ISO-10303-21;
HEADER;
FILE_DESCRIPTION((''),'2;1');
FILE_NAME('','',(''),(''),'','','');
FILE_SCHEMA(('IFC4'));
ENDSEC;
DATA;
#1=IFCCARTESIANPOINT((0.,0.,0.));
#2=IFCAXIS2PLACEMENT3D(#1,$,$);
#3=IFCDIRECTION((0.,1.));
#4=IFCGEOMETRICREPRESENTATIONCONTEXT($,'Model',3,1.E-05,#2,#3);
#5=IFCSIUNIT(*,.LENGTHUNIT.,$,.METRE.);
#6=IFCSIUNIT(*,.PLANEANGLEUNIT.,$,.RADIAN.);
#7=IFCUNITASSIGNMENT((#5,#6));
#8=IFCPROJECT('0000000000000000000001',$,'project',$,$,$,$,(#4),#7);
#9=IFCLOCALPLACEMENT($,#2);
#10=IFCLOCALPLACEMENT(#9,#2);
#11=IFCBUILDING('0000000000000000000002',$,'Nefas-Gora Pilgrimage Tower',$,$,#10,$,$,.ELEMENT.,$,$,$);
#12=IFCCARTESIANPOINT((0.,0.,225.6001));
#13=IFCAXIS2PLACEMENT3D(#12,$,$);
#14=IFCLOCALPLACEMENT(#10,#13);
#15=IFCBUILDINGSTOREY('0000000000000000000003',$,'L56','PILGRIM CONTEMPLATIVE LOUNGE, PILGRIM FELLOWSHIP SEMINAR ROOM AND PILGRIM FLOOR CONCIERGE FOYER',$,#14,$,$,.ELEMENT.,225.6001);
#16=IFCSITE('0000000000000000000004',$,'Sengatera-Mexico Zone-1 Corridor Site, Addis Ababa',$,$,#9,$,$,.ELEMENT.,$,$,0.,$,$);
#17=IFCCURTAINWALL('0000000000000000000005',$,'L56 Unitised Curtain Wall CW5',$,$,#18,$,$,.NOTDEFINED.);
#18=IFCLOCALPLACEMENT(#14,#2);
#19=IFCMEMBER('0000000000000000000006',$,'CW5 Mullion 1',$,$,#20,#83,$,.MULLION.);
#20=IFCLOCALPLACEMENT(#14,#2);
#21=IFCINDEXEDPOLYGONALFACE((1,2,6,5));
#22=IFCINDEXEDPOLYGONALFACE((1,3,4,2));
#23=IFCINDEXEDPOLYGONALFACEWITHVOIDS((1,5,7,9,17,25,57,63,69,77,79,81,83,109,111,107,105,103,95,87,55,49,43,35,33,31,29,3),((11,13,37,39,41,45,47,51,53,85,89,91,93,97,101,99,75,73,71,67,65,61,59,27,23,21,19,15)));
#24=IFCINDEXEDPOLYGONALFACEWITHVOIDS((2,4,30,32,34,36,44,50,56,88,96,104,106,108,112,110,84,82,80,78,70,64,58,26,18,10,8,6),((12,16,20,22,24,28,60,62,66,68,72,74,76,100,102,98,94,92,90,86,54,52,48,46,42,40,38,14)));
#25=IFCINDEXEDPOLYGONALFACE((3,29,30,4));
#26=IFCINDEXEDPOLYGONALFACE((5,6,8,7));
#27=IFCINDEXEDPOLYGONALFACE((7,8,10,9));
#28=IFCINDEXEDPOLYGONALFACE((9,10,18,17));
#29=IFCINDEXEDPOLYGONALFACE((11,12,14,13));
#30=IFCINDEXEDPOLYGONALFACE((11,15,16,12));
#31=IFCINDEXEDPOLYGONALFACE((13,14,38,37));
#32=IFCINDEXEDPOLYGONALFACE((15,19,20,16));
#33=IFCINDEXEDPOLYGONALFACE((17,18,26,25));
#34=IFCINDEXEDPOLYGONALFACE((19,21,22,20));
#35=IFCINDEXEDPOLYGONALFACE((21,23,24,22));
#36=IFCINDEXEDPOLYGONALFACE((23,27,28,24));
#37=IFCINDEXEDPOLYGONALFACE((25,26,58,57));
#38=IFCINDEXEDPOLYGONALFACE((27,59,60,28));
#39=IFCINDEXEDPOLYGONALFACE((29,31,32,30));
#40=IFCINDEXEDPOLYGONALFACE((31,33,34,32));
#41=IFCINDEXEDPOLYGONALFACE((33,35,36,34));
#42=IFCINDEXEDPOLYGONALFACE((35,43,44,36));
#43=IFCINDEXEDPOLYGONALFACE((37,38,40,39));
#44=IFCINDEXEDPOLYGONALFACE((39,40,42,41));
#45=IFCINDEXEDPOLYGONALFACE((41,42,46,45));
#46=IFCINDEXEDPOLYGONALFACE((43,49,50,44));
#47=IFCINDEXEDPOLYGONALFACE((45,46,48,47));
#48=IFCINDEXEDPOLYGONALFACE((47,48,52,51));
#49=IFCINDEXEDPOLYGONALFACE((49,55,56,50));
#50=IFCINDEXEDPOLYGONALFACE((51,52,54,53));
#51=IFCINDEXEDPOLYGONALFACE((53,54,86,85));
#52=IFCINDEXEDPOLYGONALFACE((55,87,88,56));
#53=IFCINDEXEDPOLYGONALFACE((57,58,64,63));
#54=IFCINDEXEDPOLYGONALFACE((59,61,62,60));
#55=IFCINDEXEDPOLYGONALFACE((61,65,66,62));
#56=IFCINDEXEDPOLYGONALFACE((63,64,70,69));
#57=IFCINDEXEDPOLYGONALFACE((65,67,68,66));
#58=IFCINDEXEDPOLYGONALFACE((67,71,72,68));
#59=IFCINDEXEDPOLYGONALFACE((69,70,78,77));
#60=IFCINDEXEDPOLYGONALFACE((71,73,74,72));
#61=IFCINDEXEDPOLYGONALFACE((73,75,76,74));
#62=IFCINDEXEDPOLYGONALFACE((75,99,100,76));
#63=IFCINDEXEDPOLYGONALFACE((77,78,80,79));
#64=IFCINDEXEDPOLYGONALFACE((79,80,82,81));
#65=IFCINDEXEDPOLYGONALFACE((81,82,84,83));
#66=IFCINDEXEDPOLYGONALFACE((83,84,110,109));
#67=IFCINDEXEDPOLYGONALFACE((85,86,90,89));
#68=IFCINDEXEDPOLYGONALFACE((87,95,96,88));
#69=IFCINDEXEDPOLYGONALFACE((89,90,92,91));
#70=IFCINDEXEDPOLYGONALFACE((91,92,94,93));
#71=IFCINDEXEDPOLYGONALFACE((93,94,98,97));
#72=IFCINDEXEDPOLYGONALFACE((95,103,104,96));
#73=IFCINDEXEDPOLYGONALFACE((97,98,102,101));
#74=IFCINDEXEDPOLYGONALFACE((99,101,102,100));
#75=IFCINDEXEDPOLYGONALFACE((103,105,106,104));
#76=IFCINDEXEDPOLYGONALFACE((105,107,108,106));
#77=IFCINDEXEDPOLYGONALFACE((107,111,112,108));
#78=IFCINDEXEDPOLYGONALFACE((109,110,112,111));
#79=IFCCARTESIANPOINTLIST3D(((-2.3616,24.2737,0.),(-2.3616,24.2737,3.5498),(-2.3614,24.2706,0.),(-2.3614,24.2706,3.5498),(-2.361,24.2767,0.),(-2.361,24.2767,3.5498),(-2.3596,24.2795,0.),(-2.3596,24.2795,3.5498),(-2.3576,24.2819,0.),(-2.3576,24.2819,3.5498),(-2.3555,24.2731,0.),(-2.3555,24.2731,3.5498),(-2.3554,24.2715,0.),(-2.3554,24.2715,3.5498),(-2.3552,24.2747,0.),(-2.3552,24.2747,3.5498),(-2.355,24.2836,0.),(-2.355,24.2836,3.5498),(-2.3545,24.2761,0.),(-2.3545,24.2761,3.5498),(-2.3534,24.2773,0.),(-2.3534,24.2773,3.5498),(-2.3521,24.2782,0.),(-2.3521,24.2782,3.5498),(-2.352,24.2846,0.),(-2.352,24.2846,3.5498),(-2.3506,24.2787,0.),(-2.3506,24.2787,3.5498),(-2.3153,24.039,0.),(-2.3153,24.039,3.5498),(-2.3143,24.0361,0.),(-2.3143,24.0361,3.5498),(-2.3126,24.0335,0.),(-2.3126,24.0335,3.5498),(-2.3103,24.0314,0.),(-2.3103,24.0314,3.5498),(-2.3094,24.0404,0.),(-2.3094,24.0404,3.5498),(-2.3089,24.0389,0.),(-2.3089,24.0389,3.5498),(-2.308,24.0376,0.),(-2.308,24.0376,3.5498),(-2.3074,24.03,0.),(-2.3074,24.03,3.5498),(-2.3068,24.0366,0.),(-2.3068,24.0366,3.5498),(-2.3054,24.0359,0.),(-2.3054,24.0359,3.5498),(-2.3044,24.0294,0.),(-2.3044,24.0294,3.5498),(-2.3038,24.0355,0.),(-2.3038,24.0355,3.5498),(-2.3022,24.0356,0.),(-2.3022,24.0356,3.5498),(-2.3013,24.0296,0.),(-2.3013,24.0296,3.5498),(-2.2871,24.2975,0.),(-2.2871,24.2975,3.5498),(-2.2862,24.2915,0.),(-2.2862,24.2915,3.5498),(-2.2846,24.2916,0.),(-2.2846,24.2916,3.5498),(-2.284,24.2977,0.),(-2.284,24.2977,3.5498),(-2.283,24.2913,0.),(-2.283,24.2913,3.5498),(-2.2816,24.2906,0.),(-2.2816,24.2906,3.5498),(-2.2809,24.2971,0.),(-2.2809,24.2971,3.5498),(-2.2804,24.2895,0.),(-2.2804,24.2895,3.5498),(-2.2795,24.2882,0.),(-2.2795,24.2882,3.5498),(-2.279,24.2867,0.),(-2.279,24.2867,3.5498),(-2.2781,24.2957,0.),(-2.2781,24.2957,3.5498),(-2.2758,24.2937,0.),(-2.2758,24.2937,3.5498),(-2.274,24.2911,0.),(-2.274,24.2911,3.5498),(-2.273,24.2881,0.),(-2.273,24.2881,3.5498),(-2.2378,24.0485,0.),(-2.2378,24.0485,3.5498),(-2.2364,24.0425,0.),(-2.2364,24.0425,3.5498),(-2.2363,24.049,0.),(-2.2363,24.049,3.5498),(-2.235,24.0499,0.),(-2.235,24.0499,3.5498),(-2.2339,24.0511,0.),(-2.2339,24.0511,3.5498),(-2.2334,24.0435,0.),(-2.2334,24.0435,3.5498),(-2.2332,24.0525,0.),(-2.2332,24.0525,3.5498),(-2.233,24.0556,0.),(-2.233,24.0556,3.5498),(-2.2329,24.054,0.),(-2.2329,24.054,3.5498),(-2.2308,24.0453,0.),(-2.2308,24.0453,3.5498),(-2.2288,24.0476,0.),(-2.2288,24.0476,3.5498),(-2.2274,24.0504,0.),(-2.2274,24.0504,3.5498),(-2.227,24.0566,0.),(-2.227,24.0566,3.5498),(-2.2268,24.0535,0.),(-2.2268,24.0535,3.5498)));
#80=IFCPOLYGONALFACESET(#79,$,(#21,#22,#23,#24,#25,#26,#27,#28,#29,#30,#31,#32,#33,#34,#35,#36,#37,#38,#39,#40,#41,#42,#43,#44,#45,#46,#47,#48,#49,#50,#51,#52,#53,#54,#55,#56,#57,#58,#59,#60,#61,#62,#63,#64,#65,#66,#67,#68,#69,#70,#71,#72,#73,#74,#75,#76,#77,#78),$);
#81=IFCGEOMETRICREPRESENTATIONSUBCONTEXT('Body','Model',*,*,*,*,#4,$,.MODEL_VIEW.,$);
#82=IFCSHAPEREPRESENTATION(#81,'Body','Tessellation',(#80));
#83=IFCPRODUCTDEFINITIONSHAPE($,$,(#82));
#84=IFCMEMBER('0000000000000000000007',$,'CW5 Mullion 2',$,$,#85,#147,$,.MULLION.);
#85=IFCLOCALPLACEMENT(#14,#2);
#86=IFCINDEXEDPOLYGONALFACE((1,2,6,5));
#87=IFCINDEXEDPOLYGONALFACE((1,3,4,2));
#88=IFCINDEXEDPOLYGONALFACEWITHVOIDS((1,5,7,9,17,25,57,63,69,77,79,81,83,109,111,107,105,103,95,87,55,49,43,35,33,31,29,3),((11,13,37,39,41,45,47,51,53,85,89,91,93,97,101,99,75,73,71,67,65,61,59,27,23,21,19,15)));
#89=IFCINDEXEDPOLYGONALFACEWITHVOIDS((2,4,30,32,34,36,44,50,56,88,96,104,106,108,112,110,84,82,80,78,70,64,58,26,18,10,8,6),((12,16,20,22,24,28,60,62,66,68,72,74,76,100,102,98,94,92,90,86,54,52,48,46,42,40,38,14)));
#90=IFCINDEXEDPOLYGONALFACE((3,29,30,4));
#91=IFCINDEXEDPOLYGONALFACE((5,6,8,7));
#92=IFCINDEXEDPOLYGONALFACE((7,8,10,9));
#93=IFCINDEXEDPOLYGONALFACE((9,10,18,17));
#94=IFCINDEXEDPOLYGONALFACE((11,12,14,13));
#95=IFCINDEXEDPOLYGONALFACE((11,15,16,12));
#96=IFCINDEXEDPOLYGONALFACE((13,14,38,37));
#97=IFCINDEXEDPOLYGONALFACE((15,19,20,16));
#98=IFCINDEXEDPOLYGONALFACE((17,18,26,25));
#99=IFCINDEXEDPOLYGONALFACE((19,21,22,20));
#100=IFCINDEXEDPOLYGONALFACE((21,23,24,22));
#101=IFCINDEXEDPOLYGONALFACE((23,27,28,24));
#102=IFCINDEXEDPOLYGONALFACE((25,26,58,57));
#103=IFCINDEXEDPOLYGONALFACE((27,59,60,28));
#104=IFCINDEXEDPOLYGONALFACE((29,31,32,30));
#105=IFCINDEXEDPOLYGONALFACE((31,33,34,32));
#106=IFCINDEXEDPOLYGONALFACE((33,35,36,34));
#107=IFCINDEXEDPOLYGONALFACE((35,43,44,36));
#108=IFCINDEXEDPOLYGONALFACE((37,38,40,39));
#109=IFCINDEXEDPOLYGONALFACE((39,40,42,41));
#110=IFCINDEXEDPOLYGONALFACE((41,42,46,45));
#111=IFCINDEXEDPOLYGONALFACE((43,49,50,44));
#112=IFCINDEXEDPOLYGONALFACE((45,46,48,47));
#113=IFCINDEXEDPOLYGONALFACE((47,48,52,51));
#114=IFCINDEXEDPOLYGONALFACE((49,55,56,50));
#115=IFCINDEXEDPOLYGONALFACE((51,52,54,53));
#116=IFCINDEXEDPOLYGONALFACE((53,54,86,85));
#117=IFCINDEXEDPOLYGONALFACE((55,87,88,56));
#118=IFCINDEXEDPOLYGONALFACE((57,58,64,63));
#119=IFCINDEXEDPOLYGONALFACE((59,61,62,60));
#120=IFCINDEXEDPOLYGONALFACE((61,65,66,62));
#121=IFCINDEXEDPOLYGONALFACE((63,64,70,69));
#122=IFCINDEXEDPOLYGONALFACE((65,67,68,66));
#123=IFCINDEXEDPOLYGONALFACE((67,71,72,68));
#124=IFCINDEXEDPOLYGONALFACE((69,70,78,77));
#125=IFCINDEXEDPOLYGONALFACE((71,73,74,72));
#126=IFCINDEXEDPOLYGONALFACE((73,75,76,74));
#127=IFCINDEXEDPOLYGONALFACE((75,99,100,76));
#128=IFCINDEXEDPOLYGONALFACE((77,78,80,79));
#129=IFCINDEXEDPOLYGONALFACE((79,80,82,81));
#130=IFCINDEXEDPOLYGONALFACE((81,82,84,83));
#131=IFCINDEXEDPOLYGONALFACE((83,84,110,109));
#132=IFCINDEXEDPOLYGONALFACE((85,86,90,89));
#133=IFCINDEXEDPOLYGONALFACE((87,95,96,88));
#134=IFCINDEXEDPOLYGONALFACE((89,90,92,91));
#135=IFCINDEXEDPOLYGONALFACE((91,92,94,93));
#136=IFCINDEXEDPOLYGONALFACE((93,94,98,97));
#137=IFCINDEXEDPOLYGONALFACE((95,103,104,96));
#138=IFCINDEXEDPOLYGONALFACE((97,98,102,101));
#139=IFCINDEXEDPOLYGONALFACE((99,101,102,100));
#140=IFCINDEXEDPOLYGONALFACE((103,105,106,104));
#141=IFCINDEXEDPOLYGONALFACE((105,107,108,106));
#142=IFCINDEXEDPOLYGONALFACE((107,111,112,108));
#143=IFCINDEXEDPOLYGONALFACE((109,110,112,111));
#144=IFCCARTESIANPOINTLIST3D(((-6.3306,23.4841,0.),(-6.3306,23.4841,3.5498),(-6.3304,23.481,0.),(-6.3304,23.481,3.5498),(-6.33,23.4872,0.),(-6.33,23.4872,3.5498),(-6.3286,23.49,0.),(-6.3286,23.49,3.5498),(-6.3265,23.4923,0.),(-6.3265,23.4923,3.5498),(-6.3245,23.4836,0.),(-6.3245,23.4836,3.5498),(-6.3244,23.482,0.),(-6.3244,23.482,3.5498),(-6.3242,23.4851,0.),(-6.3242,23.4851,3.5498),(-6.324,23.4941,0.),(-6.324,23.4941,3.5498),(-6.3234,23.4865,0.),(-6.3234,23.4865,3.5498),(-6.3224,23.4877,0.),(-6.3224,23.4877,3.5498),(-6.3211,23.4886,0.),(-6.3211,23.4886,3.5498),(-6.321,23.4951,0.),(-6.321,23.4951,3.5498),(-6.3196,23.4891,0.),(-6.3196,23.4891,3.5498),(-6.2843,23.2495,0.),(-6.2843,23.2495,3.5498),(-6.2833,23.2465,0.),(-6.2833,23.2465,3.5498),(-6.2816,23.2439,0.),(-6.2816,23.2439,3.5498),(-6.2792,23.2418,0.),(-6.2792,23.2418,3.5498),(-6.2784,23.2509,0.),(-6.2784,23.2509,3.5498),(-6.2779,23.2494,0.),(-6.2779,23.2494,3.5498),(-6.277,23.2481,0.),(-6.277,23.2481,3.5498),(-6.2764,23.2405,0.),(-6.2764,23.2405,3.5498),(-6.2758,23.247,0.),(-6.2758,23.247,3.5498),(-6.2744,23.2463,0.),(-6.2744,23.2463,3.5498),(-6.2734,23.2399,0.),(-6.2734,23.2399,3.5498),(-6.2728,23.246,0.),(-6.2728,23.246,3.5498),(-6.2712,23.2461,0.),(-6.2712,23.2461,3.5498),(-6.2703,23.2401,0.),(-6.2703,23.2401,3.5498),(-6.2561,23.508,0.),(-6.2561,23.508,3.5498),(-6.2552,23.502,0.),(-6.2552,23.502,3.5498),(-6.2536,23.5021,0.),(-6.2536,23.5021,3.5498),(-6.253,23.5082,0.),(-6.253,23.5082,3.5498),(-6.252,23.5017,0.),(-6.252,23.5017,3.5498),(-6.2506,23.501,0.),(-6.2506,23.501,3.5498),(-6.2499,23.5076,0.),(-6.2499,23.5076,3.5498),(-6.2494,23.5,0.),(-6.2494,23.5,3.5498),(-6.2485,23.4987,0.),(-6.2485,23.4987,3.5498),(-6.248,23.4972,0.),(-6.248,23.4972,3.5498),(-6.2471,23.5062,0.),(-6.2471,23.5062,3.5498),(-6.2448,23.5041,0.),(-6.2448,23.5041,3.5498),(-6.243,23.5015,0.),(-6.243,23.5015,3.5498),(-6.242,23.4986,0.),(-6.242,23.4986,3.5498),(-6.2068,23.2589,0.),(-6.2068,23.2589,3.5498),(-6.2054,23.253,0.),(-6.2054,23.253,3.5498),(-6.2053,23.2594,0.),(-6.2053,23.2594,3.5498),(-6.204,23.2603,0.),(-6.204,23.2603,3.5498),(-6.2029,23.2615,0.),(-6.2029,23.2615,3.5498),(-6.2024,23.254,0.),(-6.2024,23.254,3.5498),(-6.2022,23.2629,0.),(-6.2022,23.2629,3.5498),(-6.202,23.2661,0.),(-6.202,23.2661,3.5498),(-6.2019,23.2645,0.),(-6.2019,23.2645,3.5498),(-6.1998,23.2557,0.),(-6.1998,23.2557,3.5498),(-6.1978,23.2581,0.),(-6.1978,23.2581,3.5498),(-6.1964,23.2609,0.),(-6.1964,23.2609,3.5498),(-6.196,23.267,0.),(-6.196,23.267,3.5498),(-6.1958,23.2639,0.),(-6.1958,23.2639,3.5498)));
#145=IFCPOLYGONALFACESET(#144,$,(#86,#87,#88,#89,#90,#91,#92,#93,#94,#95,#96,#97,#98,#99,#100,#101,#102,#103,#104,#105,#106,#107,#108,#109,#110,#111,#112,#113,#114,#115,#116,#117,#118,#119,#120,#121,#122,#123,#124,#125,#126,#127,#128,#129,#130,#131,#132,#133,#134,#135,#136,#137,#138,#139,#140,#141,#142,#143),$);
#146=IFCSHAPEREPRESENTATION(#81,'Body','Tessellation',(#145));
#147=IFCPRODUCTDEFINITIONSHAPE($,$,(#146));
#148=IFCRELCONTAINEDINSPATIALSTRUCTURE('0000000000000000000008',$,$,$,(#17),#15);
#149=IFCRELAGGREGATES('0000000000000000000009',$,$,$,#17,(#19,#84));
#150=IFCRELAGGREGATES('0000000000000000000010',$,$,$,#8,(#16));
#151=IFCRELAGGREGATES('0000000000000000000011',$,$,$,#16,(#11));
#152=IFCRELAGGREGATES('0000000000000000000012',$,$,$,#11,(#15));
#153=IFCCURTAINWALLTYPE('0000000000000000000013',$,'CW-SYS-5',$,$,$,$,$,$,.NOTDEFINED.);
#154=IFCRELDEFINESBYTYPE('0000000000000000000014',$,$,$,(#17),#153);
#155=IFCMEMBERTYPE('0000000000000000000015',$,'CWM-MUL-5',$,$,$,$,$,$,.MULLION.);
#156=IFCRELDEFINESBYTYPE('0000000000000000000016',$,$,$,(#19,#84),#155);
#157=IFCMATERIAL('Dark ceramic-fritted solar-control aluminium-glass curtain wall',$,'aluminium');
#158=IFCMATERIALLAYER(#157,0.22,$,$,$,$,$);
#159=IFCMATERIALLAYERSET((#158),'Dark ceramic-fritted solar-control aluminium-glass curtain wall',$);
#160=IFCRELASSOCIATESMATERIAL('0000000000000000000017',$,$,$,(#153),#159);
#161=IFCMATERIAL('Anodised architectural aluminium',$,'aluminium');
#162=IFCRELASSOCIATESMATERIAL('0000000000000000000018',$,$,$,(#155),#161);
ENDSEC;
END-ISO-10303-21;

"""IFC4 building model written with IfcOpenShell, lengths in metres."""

from ifc_helpers import new_model, si_unit, direction, frame, origin, origin_2d, place, context, subcontext, project, spatial, hollow_rectangle, extrude, source, transform, mapped, material, layer, layer_set, material_profile, profile_set, type_object, element, aggregate, save


model = new_model("IFC4")

# Units and contexts
model_context = context("Model", 3, precision=1e-05, world=origin(), true_north=direction((0.0, 1.0)))
body_context = subcontext(model_context, "Body", "Model", "MODEL_VIEW")
ifc_project = project(units=[si_unit("LENGTHUNIT", "METRE"), si_unit("PLANEANGLEUNIT", "RADIAN")], contexts=[model_context])

# Site, building, storey
site_placement = place(None, origin())
site = spatial("IfcSite", under=ifc_project, at=site_placement, Name="Sengatera-Mexico Zone-1 Corridor Site, Addis Ababa", CompositionType="ELEMENT", RefElevation=0.0)
building_placement = place(site_placement, origin())
building = spatial("IfcBuilding", under=site, at=building_placement, Name="Nefas-Gora Pilgrimage Tower", CompositionType="ELEMENT")
storey_placement = place(building_placement, frame((0.0, 0.0, 225.6001)))
storey = spatial("IfcBuildingStorey", under=building, at=storey_placement, Name="L56", Description="PILGRIM CONTEMPLATIVE LOUNGE, PILGRIM FELLOWSHIP SEMINAR ROOM AND PILGRIM FLOOR CONCIERGE FOYER", CompositionType="ELEMENT", Elevation=225.6001)

# Shared definitions
ifc_material_1 = material(Name="Dark ceramic-fritted solar-control aluminium-glass curtain wall", Category="aluminium")
ifc_layer_1 = layer(ifc_material_1, 0.22)
ifc_layer_set_1 = layer_set([ifc_layer_1], Name="Dark ceramic-fritted solar-control aluminium-glass curtain wall")
curtain_wall_type = type_object("IfcCurtainWallType", Name="CW-SYS-5", PredefinedType="NOTDEFINED", material=ifc_layer_set_1)
ifc_material_2 = material(Name="Anodised architectural aluminium", Category="aluminium")

# Curtain wall, members
curtain_wall_1_placement = place(storey_placement, origin())
curtain_wall_1 = element("IfcCurtainWall", 1, at=curtain_wall_1_placement, inside=storey, type_object=curtain_wall_type, Name="L56 Unitised Curtain Wall CW5", PredefinedType="NOTDEFINED")
ifc_material_profile_1 = material_profile(ifc_material_2, hollow_rectangle(XDim=0.0901, YDim=0.26, WallThickness=0.0061, InnerFilletRadius=0.0061, OuterFilletRadius=0.012, at=origin_2d()), Name="ALU MULLION 90x260")
ifc_profile_set_1 = profile_set([ifc_material_profile_1], Name="Anodised architectural aluminium")
member_type_1 = type_object("IfcMemberType", Name="CWM-MUL-5", PredefinedType="MULLION", material=ifc_profile_set_1)
shared_shape_1 = source(origin(), body_context, "Body", "SweptSolid", [
    extrude(hollow_rectangle(XDim=0.0901, YDim=0.26, WallThickness=0.0061, InnerFilletRadius=0.0061, OuterFilletRadius=0.012, at=origin_2d()), origin(), (0.0, 0.0, 1.0), 3.5498),
])
member_1_placement = place(storey_placement, frame((-2.2942, 24.1636, 0.0), z_axis=(0.0, 0.0, 1.0), x_axis=(-0.980783, -0.195102, 0.0)))
member_1 = element("IfcMember", 2, at=member_1_placement, type_object=member_type_1, Name="CW5 Mullion 1", PredefinedType="MULLION", context=body_context, shape_type="MappedRepresentation", body=[
    mapped(shared_shape_1, transform((0.0, 0.0, 0.0), x_axis=(1.0, 0.0, 0.0), y_axis=(0.0, 1.0, 0.0), z_axis=(0.0, 0.0, 1.0), scale=1.0)),
])
member_2_placement = place(storey_placement, frame((-6.2632, 23.374, 0.0), z_axis=(0.0, 0.0, 1.0), x_axis=(-0.980783, -0.195102, 0.0)))
member_2 = element("IfcMember", 3, at=member_2_placement, type_object=member_type_1, Name="CW5 Mullion 2", PredefinedType="MULLION", context=body_context, shape_type="MappedRepresentation", body=[
    mapped(shared_shape_1, transform((0.0, 0.0, 0.0), x_axis=(1.0, 0.0, 0.0), y_axis=(0.0, 1.0, 0.0), z_axis=(0.0, 0.0, 1.0), scale=1.0)),
])

aggregate(curtain_wall_1, [member_1, member_2])

save(model, "model.ifc")
